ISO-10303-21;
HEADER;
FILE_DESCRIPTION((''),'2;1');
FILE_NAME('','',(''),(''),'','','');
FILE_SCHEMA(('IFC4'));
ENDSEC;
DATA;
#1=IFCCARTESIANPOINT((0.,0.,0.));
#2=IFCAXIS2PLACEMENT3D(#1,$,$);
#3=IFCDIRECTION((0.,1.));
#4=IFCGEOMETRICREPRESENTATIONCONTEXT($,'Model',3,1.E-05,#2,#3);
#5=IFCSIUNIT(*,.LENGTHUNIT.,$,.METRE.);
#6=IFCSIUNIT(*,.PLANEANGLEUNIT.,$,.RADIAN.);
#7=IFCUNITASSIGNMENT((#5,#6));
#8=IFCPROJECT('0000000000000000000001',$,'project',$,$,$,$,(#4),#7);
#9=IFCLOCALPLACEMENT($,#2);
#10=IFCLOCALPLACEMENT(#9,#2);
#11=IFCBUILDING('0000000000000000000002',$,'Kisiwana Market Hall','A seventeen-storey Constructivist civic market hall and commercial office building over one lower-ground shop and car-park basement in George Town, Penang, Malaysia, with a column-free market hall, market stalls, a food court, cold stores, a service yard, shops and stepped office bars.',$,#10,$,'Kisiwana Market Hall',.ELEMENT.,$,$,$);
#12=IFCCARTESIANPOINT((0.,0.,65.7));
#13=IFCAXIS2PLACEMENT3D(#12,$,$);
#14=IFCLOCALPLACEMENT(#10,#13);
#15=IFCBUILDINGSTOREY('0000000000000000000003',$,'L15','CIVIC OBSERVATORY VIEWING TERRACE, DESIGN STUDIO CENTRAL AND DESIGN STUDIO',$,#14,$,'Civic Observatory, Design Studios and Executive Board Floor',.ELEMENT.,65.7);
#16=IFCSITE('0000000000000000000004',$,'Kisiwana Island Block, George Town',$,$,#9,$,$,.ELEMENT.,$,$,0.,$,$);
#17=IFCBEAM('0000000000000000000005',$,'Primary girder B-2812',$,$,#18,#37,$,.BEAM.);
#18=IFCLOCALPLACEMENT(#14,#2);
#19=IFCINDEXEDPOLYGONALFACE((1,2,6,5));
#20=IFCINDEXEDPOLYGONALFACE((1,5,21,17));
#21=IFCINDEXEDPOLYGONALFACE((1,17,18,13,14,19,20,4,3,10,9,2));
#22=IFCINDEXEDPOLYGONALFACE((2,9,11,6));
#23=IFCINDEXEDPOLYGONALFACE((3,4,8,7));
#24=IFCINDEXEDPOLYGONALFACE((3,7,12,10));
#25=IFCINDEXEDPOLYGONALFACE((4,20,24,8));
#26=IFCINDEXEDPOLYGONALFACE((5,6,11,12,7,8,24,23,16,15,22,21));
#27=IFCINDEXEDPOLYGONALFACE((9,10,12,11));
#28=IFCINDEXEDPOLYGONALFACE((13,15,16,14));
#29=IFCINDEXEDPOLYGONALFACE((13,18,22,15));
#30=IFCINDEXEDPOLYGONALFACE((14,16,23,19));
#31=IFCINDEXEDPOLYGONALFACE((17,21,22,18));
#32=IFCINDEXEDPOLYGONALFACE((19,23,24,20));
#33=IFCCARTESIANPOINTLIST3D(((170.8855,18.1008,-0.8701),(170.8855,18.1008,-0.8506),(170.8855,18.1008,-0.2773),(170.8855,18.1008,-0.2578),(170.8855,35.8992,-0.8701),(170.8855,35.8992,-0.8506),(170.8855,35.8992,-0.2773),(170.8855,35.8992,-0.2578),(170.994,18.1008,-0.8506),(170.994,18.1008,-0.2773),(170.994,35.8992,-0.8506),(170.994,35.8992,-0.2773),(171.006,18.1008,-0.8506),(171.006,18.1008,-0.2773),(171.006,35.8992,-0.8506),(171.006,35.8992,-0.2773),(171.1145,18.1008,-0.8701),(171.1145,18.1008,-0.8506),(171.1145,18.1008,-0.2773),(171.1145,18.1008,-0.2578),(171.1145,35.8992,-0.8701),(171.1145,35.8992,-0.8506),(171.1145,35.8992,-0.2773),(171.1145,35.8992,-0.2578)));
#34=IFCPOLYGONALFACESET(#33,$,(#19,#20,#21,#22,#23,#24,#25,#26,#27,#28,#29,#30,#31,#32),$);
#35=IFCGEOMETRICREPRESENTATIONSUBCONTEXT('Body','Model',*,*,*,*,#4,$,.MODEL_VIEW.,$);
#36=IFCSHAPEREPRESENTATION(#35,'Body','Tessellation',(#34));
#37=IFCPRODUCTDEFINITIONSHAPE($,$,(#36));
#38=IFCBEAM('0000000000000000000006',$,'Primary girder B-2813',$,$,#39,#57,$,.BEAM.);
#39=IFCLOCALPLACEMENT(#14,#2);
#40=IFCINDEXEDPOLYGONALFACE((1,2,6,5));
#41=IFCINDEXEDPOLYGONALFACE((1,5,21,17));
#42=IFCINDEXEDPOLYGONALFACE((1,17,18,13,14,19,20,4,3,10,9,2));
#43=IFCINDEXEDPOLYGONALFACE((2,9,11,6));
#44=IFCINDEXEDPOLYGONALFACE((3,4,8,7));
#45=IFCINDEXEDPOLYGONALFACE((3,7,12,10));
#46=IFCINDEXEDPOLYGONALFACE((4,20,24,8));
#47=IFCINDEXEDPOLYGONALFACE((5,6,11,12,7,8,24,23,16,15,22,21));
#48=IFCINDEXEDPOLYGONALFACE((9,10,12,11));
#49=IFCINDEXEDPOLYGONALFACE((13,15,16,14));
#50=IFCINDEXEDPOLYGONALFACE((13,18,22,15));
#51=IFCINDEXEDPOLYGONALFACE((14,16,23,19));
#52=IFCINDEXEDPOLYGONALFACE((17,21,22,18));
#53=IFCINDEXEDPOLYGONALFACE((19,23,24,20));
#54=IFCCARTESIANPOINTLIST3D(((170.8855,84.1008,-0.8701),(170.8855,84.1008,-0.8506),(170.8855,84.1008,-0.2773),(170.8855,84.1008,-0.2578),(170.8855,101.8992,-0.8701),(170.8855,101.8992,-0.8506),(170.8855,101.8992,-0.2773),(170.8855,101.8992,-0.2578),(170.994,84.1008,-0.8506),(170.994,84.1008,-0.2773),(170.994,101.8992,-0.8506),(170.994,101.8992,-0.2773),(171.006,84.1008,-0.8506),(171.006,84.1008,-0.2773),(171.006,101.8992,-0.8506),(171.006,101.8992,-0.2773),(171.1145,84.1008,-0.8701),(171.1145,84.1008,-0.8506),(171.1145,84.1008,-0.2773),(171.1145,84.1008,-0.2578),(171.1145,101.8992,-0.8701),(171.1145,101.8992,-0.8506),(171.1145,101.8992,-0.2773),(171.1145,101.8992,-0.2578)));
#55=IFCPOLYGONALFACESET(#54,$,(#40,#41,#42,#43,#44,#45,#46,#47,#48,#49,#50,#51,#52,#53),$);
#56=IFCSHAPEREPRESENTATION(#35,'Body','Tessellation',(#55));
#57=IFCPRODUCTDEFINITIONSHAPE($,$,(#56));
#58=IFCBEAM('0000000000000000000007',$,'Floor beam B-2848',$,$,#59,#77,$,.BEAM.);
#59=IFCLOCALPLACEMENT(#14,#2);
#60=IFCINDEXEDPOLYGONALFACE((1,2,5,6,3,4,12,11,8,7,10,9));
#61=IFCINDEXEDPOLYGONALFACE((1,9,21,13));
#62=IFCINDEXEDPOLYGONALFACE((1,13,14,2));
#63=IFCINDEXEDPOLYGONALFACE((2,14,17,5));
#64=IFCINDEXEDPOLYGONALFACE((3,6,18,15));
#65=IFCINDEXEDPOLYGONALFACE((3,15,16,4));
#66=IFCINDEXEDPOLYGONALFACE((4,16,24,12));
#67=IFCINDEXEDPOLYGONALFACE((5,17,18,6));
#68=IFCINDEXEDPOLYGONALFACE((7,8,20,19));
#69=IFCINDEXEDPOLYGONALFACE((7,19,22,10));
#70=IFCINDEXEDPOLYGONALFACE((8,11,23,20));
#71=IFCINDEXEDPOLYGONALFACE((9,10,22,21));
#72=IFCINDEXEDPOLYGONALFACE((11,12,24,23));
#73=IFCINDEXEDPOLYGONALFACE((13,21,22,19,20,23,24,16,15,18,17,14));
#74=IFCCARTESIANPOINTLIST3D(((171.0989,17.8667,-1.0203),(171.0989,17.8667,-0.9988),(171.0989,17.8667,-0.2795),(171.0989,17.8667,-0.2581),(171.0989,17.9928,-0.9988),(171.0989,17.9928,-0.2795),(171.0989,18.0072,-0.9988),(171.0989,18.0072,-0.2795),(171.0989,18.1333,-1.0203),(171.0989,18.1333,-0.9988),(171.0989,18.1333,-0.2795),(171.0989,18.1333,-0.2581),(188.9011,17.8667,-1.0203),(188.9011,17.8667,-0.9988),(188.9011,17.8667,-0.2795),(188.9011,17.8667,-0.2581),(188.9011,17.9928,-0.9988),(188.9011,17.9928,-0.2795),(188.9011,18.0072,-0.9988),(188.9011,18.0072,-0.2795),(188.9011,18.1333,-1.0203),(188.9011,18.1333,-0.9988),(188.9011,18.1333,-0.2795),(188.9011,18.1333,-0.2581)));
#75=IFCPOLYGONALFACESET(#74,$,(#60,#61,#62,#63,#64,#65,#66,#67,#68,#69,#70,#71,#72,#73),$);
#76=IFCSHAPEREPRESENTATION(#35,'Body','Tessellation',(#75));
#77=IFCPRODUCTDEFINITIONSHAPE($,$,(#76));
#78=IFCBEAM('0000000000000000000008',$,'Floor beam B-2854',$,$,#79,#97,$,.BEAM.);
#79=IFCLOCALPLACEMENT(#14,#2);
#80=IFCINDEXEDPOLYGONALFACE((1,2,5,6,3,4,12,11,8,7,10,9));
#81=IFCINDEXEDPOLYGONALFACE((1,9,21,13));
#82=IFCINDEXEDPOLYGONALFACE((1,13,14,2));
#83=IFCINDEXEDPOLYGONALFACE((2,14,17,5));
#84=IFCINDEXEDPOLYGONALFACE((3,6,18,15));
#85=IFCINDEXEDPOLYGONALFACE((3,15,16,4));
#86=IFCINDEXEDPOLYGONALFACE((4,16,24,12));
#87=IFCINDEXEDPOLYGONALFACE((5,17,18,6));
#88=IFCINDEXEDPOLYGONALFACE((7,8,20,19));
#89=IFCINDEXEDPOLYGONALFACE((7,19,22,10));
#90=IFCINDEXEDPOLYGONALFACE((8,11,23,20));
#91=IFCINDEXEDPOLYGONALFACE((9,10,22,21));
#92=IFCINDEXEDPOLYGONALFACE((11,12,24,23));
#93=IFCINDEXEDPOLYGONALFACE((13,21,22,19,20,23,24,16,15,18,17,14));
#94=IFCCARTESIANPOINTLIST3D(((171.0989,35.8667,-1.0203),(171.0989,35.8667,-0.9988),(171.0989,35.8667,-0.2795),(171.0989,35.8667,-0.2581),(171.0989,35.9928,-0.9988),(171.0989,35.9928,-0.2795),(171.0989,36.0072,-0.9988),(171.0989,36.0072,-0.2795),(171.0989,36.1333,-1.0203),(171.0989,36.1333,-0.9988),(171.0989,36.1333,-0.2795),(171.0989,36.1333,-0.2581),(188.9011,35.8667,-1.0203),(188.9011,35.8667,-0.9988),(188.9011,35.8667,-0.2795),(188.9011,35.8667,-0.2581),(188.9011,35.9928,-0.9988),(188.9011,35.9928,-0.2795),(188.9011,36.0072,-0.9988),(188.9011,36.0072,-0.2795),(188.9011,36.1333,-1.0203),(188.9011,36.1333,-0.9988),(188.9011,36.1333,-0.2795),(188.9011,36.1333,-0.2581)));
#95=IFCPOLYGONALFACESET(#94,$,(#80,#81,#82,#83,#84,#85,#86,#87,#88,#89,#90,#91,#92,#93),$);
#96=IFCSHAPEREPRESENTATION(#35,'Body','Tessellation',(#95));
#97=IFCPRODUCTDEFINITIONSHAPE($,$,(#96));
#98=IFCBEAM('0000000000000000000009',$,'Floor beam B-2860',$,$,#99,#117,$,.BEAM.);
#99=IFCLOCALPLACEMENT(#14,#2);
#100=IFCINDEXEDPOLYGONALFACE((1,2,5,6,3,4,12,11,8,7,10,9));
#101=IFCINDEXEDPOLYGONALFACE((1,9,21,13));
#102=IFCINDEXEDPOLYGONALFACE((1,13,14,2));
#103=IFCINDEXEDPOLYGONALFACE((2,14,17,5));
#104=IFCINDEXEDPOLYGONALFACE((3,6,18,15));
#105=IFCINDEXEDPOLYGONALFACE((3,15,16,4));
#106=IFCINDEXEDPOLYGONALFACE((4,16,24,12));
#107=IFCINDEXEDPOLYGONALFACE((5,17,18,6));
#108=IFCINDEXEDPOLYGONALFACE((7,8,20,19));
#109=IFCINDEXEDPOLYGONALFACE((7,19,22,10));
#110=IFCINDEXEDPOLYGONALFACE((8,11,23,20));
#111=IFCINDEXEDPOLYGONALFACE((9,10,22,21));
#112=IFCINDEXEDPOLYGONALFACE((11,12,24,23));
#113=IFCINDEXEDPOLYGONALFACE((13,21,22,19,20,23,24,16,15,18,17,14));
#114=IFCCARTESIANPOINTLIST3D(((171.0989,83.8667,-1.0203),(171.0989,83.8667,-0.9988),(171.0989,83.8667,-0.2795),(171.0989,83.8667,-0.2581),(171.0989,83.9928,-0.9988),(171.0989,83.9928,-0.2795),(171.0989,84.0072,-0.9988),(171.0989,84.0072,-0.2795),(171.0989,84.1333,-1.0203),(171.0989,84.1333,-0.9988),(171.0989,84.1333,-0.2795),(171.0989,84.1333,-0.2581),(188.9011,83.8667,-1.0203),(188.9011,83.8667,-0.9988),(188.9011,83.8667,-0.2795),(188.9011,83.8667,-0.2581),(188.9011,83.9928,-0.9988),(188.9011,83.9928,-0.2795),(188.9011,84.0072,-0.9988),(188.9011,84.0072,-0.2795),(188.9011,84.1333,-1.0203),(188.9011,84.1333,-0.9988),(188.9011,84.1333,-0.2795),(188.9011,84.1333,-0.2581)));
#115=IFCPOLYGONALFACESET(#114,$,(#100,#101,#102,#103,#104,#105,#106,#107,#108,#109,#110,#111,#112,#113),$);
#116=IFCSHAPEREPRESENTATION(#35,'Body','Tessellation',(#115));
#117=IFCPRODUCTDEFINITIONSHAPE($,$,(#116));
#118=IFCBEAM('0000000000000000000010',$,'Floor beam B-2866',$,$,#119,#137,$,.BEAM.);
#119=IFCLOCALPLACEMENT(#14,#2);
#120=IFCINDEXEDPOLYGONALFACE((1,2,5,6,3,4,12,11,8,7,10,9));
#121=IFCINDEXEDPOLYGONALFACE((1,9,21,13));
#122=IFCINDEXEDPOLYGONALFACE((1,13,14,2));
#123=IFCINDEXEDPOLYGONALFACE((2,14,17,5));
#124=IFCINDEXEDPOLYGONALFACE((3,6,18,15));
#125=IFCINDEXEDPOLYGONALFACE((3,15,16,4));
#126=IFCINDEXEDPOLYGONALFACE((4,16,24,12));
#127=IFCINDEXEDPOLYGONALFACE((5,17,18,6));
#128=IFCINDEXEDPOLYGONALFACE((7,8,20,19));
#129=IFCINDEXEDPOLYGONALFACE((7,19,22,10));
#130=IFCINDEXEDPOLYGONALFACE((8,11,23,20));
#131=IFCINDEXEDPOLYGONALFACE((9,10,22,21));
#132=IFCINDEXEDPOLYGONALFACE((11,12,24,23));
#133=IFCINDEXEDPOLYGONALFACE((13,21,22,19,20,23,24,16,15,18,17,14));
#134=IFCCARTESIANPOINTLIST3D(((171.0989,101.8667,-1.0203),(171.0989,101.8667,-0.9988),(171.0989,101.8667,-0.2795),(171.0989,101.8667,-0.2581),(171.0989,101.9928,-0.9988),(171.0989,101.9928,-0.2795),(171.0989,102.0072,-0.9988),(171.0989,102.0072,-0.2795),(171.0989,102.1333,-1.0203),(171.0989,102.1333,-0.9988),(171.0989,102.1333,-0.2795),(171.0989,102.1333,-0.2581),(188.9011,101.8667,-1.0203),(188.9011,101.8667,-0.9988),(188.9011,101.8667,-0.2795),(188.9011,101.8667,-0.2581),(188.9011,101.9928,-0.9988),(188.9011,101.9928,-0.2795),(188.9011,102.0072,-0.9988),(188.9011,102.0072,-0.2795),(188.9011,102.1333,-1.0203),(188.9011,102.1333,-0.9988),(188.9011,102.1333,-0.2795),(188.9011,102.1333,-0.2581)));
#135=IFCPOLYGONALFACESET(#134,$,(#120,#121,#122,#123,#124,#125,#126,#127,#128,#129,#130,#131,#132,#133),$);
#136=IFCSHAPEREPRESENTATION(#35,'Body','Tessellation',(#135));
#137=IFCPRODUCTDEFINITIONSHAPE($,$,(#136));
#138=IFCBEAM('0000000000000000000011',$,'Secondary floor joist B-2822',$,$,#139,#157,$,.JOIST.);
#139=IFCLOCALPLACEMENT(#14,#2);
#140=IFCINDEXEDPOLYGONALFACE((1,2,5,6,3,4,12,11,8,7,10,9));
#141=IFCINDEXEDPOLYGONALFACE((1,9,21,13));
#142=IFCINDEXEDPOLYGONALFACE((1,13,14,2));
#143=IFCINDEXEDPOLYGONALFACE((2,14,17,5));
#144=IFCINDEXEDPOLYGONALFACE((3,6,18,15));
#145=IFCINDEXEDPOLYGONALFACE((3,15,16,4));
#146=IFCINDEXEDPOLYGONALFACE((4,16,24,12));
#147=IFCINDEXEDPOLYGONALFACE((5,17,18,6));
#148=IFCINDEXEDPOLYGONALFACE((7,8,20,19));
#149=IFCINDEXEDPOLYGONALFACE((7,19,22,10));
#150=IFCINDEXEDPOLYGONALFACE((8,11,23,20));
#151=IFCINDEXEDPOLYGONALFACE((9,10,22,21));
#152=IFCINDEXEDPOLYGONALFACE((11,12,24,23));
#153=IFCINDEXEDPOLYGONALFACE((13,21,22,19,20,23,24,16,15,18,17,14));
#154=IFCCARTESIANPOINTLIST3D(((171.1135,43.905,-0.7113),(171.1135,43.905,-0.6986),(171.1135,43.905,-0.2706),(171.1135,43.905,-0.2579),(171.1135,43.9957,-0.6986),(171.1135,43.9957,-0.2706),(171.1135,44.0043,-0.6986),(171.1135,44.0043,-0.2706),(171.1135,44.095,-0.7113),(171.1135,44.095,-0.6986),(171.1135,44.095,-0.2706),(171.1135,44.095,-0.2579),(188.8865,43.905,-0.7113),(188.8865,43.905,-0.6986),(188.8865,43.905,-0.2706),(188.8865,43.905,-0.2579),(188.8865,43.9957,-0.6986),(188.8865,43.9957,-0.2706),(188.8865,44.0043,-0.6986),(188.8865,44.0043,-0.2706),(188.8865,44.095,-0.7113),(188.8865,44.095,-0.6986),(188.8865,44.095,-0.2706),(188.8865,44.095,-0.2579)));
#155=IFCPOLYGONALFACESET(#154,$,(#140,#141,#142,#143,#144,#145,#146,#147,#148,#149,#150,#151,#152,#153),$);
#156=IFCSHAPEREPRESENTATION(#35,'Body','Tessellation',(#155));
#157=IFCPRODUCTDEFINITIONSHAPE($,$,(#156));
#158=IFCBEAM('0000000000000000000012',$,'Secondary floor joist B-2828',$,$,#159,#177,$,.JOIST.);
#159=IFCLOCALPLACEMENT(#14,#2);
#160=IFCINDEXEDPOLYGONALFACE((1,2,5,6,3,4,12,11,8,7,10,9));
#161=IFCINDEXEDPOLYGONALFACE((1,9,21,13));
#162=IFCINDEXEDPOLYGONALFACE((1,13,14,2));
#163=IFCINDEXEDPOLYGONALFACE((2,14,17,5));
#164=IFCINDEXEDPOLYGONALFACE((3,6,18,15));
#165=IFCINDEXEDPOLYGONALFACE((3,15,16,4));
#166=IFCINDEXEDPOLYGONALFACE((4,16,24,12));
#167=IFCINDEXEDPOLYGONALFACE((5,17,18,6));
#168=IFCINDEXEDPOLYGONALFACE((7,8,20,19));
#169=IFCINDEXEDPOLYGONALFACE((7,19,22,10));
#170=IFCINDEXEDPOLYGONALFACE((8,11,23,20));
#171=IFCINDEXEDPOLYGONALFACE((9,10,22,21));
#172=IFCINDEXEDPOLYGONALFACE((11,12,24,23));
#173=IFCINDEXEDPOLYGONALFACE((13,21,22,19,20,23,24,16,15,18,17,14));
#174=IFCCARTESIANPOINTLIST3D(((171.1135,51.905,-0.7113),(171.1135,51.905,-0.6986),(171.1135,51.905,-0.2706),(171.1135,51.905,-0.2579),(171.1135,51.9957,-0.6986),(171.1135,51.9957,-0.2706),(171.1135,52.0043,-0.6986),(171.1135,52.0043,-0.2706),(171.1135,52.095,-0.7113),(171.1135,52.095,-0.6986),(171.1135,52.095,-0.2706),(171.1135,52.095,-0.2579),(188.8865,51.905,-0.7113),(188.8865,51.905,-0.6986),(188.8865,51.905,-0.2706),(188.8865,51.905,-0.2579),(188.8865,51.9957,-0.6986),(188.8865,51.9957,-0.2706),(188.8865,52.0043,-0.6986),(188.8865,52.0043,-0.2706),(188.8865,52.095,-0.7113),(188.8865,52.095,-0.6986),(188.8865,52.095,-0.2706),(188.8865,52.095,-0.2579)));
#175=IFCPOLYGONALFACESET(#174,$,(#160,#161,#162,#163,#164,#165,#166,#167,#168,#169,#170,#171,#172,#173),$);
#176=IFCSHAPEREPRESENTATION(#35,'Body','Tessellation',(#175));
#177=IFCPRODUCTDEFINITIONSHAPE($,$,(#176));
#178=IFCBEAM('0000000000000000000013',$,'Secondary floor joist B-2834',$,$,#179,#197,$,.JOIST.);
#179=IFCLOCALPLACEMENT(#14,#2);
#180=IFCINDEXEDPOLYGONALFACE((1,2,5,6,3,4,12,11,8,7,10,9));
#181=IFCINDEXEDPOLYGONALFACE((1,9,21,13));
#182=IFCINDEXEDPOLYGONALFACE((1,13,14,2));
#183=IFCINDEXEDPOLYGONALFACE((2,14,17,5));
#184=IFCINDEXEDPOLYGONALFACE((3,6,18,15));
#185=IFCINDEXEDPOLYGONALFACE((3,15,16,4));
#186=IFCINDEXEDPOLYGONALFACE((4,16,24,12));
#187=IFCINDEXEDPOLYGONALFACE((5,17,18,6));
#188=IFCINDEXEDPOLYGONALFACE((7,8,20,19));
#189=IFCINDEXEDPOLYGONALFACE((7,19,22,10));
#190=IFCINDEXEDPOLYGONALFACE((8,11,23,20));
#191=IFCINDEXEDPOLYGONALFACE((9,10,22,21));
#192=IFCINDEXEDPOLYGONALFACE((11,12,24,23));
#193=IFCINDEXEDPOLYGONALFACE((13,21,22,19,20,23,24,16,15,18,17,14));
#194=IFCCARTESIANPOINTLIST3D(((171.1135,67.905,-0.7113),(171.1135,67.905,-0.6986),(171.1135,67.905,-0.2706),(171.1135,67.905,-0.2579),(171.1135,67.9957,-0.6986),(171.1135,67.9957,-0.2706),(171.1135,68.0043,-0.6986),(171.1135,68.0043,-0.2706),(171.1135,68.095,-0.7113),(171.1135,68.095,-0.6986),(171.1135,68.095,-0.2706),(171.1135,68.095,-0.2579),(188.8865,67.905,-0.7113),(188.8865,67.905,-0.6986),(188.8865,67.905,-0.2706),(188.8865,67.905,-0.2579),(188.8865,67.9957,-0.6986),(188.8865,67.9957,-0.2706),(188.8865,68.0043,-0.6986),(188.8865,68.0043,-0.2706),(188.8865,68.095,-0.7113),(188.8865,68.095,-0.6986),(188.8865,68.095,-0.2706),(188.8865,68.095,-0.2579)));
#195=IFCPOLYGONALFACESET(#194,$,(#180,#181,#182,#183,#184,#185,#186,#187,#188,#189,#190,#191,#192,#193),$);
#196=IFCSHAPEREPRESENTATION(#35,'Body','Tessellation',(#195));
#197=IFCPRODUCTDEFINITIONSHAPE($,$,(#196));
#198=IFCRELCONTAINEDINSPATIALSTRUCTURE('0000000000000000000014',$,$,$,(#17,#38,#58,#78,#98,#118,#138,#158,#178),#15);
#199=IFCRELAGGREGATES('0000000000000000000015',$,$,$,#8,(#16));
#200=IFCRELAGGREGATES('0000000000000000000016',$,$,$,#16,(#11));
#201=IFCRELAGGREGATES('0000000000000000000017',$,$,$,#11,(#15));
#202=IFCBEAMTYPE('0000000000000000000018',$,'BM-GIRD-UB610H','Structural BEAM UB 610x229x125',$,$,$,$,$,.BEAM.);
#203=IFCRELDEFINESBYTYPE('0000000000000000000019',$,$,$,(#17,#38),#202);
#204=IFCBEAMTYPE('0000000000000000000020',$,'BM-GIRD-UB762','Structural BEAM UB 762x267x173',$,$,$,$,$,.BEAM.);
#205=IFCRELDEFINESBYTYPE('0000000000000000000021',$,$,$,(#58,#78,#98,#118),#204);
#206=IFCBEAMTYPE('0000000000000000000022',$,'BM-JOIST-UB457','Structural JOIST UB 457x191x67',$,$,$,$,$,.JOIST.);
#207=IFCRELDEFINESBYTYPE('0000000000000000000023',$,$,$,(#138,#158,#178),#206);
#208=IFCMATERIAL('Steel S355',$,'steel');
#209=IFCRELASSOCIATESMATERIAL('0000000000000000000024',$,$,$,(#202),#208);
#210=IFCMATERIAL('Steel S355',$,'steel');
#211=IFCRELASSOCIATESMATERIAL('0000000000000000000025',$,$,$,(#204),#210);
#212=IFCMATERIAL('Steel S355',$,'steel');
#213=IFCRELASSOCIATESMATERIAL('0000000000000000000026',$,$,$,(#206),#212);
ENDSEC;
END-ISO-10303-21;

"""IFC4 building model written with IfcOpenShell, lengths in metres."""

from ifc_helpers import new_model, si_unit, direction, frame, origin, origin_2d, place, context, subcontext, project, spatial, i_section, extrude, material, material_profile, profile_set, type_object, element, save


model = new_model("IFC4")

# Units and contexts
model_context = context("Model", 3, precision=1e-05, world=origin(), true_north=direction((0.0, 1.0)))
body_context = subcontext(model_context, "Body", "Model", "MODEL_VIEW")
ifc_project = project(units=[si_unit("LENGTHUNIT", "METRE"), si_unit("PLANEANGLEUNIT", "RADIAN")], contexts=[model_context])

# Site, building, storey
site_placement = place(None, origin())
site = spatial("IfcSite", under=ifc_project, at=site_placement, Name="Kisiwana Island Block, George Town", CompositionType="ELEMENT", RefElevation=0.0)
building_placement = place(site_placement, origin())
building = spatial("IfcBuilding", under=site, at=building_placement, Name="Kisiwana Market Hall", Description="A seventeen-storey Constructivist civic market hall and commercial office building over one lower-ground shop and car-park basement in George Town, Penang, Malaysia, with a column-free market hall, market stalls, a food court, cold stores, a service yard, shops and stepped office bars.", LongName="Kisiwana Market Hall", CompositionType="ELEMENT")
storey_placement = place(building_placement, frame((0.0, 0.0, 65.7)))
storey = spatial("IfcBuildingStorey", under=building, at=storey_placement, Name="L15", Description="CIVIC OBSERVATORY VIEWING TERRACE, DESIGN STUDIO CENTRAL AND DESIGN STUDIO", LongName="Civic Observatory, Design Studios and Executive Board Floor", CompositionType="ELEMENT", Elevation=65.7)

# Beams
ifc_material_1 = material(Name="Steel S355", Category="steel")
ifc_material_profile_1 = material_profile(ifc_material_1, i_section(OverallWidth=0.229, OverallDepth=0.6123, WebThickness=0.012, FlangeThickness=0.0195, at=origin_2d()), Name="UB 610x229x125")
ifc_profile_set_1 = profile_set([ifc_material_profile_1], Name="Steel S355")
beam_type_1 = type_object("IfcBeamType", Name="BM-GIRD-UB610H", Description="Structural BEAM UB 610x229x125", PredefinedType="BEAM", material=ifc_profile_set_1)
for number, where, z_axis, x_axis, name in (
    (1, (171.0, 18.1008, -0.564), (0.0, 1.0, 0.0), (-1.0, 0.0, 0.0), "Primary girder B-2812"),
    (2, (171.0, 84.1008, -0.564), (0.0, 1.0, 0.0), (-1.0, 0.0, 0.0), "Primary girder B-2813"),
):
    element("IfcBeam", number, at=place(storey_placement, frame(where, z_axis=z_axis, x_axis=x_axis)), inside=storey, type_object=beam_type_1, Name=name, PredefinedType="BEAM", context=body_context, shape_type="SweptSolid", body=[
        extrude(i_section(OverallWidth=0.229, OverallDepth=0.6123, WebThickness=0.012, FlangeThickness=0.0195, at=origin_2d()), origin(), (0.0, 0.0, 1.0), 17.7983),
    ])
ifc_material_2 = material(Name="Steel S355", Category="steel")
ifc_material_profile_2 = material_profile(ifc_material_2, i_section(OverallWidth=0.2666, OverallDepth=0.7622, WebThickness=0.0144, FlangeThickness=0.0215, at=origin_2d()), Name="UB 762x267x173")
ifc_profile_set_2 = profile_set([ifc_material_profile_2], Name="Steel S355")
beam_type_2 = type_object("IfcBeamType", Name="BM-GIRD-UB762", Description="Structural BEAM UB 762x267x173", PredefinedType="BEAM", material=ifc_profile_set_2)
for number, where, z_axis, x_axis, name in (
    (3, (171.0989, 18.0, -0.6392), (1.0, 0.0, 0.0), (0.0, 1.0, 0.0), "Floor beam B-2848"),
    (4, (171.0989, 36.0, -0.6392), (1.0, 0.0, 0.0), (0.0, 1.0, 0.0), "Floor beam B-2854"),
    (5, (171.0989, 84.0, -0.6392), (1.0, 0.0, 0.0), (0.0, 1.0, 0.0), "Floor beam B-2860"),
    (6, (171.0989, 102.0, -0.6392), (1.0, 0.0, 0.0), (0.0, 1.0, 0.0), "Floor beam B-2866"),
):
    element("IfcBeam", number, at=place(storey_placement, frame(where, z_axis=z_axis, x_axis=x_axis)), inside=storey, type_object=beam_type_2, Name=name, PredefinedType="BEAM", context=body_context, shape_type="SweptSolid", body=[
        extrude(i_section(OverallWidth=0.2666, OverallDepth=0.7622, WebThickness=0.0144, FlangeThickness=0.0215, at=origin_2d()), origin(), (0.0, 0.0, 1.0), 17.8022),
    ])
ifc_material_3 = material(Name="Steel S355", Category="steel")
ifc_material_profile_3 = material_profile(ifc_material_3, i_section(OverallWidth=0.1899, OverallDepth=0.4534, WebThickness=0.0085, FlangeThickness=0.0127, at=origin_2d()), Name="UB 457x191x67")
ifc_profile_set_3 = profile_set([ifc_material_profile_3], Name="Steel S355")
beam_type_3 = type_object("IfcBeamType", Name="BM-JOIST-UB457", Description="Structural JOIST UB 457x191x67", PredefinedType="JOIST", material=ifc_profile_set_3)
for number, where, z_axis, x_axis, name in (
    (7, (171.1135, 44.0, -0.4846), (1.0, 0.0, 0.0), (0.0, 1.0, 0.0), "Secondary floor joist B-2822"),
    (8, (171.1135, 52.0, -0.4846), (1.0, 0.0, 0.0), (0.0, 1.0, 0.0), "Secondary floor joist B-2828"),
    (9, (171.1135, 68.0, -0.4846), (1.0, 0.0, 0.0), (0.0, 1.0, 0.0), "Secondary floor joist B-2834"),
):
    element("IfcBeam", number, at=place(storey_placement, frame(where, z_axis=z_axis, x_axis=x_axis)), inside=storey, type_object=beam_type_3, Name=name, PredefinedType="JOIST", context=body_context, shape_type="SweptSolid", body=[
        extrude(i_section(OverallWidth=0.1899, OverallDepth=0.4534, WebThickness=0.0085, FlangeThickness=0.0127, at=origin_2d()), origin(), (0.0, 0.0, 1.0), 17.7729),
    ])

save(model, "model.ifc")
